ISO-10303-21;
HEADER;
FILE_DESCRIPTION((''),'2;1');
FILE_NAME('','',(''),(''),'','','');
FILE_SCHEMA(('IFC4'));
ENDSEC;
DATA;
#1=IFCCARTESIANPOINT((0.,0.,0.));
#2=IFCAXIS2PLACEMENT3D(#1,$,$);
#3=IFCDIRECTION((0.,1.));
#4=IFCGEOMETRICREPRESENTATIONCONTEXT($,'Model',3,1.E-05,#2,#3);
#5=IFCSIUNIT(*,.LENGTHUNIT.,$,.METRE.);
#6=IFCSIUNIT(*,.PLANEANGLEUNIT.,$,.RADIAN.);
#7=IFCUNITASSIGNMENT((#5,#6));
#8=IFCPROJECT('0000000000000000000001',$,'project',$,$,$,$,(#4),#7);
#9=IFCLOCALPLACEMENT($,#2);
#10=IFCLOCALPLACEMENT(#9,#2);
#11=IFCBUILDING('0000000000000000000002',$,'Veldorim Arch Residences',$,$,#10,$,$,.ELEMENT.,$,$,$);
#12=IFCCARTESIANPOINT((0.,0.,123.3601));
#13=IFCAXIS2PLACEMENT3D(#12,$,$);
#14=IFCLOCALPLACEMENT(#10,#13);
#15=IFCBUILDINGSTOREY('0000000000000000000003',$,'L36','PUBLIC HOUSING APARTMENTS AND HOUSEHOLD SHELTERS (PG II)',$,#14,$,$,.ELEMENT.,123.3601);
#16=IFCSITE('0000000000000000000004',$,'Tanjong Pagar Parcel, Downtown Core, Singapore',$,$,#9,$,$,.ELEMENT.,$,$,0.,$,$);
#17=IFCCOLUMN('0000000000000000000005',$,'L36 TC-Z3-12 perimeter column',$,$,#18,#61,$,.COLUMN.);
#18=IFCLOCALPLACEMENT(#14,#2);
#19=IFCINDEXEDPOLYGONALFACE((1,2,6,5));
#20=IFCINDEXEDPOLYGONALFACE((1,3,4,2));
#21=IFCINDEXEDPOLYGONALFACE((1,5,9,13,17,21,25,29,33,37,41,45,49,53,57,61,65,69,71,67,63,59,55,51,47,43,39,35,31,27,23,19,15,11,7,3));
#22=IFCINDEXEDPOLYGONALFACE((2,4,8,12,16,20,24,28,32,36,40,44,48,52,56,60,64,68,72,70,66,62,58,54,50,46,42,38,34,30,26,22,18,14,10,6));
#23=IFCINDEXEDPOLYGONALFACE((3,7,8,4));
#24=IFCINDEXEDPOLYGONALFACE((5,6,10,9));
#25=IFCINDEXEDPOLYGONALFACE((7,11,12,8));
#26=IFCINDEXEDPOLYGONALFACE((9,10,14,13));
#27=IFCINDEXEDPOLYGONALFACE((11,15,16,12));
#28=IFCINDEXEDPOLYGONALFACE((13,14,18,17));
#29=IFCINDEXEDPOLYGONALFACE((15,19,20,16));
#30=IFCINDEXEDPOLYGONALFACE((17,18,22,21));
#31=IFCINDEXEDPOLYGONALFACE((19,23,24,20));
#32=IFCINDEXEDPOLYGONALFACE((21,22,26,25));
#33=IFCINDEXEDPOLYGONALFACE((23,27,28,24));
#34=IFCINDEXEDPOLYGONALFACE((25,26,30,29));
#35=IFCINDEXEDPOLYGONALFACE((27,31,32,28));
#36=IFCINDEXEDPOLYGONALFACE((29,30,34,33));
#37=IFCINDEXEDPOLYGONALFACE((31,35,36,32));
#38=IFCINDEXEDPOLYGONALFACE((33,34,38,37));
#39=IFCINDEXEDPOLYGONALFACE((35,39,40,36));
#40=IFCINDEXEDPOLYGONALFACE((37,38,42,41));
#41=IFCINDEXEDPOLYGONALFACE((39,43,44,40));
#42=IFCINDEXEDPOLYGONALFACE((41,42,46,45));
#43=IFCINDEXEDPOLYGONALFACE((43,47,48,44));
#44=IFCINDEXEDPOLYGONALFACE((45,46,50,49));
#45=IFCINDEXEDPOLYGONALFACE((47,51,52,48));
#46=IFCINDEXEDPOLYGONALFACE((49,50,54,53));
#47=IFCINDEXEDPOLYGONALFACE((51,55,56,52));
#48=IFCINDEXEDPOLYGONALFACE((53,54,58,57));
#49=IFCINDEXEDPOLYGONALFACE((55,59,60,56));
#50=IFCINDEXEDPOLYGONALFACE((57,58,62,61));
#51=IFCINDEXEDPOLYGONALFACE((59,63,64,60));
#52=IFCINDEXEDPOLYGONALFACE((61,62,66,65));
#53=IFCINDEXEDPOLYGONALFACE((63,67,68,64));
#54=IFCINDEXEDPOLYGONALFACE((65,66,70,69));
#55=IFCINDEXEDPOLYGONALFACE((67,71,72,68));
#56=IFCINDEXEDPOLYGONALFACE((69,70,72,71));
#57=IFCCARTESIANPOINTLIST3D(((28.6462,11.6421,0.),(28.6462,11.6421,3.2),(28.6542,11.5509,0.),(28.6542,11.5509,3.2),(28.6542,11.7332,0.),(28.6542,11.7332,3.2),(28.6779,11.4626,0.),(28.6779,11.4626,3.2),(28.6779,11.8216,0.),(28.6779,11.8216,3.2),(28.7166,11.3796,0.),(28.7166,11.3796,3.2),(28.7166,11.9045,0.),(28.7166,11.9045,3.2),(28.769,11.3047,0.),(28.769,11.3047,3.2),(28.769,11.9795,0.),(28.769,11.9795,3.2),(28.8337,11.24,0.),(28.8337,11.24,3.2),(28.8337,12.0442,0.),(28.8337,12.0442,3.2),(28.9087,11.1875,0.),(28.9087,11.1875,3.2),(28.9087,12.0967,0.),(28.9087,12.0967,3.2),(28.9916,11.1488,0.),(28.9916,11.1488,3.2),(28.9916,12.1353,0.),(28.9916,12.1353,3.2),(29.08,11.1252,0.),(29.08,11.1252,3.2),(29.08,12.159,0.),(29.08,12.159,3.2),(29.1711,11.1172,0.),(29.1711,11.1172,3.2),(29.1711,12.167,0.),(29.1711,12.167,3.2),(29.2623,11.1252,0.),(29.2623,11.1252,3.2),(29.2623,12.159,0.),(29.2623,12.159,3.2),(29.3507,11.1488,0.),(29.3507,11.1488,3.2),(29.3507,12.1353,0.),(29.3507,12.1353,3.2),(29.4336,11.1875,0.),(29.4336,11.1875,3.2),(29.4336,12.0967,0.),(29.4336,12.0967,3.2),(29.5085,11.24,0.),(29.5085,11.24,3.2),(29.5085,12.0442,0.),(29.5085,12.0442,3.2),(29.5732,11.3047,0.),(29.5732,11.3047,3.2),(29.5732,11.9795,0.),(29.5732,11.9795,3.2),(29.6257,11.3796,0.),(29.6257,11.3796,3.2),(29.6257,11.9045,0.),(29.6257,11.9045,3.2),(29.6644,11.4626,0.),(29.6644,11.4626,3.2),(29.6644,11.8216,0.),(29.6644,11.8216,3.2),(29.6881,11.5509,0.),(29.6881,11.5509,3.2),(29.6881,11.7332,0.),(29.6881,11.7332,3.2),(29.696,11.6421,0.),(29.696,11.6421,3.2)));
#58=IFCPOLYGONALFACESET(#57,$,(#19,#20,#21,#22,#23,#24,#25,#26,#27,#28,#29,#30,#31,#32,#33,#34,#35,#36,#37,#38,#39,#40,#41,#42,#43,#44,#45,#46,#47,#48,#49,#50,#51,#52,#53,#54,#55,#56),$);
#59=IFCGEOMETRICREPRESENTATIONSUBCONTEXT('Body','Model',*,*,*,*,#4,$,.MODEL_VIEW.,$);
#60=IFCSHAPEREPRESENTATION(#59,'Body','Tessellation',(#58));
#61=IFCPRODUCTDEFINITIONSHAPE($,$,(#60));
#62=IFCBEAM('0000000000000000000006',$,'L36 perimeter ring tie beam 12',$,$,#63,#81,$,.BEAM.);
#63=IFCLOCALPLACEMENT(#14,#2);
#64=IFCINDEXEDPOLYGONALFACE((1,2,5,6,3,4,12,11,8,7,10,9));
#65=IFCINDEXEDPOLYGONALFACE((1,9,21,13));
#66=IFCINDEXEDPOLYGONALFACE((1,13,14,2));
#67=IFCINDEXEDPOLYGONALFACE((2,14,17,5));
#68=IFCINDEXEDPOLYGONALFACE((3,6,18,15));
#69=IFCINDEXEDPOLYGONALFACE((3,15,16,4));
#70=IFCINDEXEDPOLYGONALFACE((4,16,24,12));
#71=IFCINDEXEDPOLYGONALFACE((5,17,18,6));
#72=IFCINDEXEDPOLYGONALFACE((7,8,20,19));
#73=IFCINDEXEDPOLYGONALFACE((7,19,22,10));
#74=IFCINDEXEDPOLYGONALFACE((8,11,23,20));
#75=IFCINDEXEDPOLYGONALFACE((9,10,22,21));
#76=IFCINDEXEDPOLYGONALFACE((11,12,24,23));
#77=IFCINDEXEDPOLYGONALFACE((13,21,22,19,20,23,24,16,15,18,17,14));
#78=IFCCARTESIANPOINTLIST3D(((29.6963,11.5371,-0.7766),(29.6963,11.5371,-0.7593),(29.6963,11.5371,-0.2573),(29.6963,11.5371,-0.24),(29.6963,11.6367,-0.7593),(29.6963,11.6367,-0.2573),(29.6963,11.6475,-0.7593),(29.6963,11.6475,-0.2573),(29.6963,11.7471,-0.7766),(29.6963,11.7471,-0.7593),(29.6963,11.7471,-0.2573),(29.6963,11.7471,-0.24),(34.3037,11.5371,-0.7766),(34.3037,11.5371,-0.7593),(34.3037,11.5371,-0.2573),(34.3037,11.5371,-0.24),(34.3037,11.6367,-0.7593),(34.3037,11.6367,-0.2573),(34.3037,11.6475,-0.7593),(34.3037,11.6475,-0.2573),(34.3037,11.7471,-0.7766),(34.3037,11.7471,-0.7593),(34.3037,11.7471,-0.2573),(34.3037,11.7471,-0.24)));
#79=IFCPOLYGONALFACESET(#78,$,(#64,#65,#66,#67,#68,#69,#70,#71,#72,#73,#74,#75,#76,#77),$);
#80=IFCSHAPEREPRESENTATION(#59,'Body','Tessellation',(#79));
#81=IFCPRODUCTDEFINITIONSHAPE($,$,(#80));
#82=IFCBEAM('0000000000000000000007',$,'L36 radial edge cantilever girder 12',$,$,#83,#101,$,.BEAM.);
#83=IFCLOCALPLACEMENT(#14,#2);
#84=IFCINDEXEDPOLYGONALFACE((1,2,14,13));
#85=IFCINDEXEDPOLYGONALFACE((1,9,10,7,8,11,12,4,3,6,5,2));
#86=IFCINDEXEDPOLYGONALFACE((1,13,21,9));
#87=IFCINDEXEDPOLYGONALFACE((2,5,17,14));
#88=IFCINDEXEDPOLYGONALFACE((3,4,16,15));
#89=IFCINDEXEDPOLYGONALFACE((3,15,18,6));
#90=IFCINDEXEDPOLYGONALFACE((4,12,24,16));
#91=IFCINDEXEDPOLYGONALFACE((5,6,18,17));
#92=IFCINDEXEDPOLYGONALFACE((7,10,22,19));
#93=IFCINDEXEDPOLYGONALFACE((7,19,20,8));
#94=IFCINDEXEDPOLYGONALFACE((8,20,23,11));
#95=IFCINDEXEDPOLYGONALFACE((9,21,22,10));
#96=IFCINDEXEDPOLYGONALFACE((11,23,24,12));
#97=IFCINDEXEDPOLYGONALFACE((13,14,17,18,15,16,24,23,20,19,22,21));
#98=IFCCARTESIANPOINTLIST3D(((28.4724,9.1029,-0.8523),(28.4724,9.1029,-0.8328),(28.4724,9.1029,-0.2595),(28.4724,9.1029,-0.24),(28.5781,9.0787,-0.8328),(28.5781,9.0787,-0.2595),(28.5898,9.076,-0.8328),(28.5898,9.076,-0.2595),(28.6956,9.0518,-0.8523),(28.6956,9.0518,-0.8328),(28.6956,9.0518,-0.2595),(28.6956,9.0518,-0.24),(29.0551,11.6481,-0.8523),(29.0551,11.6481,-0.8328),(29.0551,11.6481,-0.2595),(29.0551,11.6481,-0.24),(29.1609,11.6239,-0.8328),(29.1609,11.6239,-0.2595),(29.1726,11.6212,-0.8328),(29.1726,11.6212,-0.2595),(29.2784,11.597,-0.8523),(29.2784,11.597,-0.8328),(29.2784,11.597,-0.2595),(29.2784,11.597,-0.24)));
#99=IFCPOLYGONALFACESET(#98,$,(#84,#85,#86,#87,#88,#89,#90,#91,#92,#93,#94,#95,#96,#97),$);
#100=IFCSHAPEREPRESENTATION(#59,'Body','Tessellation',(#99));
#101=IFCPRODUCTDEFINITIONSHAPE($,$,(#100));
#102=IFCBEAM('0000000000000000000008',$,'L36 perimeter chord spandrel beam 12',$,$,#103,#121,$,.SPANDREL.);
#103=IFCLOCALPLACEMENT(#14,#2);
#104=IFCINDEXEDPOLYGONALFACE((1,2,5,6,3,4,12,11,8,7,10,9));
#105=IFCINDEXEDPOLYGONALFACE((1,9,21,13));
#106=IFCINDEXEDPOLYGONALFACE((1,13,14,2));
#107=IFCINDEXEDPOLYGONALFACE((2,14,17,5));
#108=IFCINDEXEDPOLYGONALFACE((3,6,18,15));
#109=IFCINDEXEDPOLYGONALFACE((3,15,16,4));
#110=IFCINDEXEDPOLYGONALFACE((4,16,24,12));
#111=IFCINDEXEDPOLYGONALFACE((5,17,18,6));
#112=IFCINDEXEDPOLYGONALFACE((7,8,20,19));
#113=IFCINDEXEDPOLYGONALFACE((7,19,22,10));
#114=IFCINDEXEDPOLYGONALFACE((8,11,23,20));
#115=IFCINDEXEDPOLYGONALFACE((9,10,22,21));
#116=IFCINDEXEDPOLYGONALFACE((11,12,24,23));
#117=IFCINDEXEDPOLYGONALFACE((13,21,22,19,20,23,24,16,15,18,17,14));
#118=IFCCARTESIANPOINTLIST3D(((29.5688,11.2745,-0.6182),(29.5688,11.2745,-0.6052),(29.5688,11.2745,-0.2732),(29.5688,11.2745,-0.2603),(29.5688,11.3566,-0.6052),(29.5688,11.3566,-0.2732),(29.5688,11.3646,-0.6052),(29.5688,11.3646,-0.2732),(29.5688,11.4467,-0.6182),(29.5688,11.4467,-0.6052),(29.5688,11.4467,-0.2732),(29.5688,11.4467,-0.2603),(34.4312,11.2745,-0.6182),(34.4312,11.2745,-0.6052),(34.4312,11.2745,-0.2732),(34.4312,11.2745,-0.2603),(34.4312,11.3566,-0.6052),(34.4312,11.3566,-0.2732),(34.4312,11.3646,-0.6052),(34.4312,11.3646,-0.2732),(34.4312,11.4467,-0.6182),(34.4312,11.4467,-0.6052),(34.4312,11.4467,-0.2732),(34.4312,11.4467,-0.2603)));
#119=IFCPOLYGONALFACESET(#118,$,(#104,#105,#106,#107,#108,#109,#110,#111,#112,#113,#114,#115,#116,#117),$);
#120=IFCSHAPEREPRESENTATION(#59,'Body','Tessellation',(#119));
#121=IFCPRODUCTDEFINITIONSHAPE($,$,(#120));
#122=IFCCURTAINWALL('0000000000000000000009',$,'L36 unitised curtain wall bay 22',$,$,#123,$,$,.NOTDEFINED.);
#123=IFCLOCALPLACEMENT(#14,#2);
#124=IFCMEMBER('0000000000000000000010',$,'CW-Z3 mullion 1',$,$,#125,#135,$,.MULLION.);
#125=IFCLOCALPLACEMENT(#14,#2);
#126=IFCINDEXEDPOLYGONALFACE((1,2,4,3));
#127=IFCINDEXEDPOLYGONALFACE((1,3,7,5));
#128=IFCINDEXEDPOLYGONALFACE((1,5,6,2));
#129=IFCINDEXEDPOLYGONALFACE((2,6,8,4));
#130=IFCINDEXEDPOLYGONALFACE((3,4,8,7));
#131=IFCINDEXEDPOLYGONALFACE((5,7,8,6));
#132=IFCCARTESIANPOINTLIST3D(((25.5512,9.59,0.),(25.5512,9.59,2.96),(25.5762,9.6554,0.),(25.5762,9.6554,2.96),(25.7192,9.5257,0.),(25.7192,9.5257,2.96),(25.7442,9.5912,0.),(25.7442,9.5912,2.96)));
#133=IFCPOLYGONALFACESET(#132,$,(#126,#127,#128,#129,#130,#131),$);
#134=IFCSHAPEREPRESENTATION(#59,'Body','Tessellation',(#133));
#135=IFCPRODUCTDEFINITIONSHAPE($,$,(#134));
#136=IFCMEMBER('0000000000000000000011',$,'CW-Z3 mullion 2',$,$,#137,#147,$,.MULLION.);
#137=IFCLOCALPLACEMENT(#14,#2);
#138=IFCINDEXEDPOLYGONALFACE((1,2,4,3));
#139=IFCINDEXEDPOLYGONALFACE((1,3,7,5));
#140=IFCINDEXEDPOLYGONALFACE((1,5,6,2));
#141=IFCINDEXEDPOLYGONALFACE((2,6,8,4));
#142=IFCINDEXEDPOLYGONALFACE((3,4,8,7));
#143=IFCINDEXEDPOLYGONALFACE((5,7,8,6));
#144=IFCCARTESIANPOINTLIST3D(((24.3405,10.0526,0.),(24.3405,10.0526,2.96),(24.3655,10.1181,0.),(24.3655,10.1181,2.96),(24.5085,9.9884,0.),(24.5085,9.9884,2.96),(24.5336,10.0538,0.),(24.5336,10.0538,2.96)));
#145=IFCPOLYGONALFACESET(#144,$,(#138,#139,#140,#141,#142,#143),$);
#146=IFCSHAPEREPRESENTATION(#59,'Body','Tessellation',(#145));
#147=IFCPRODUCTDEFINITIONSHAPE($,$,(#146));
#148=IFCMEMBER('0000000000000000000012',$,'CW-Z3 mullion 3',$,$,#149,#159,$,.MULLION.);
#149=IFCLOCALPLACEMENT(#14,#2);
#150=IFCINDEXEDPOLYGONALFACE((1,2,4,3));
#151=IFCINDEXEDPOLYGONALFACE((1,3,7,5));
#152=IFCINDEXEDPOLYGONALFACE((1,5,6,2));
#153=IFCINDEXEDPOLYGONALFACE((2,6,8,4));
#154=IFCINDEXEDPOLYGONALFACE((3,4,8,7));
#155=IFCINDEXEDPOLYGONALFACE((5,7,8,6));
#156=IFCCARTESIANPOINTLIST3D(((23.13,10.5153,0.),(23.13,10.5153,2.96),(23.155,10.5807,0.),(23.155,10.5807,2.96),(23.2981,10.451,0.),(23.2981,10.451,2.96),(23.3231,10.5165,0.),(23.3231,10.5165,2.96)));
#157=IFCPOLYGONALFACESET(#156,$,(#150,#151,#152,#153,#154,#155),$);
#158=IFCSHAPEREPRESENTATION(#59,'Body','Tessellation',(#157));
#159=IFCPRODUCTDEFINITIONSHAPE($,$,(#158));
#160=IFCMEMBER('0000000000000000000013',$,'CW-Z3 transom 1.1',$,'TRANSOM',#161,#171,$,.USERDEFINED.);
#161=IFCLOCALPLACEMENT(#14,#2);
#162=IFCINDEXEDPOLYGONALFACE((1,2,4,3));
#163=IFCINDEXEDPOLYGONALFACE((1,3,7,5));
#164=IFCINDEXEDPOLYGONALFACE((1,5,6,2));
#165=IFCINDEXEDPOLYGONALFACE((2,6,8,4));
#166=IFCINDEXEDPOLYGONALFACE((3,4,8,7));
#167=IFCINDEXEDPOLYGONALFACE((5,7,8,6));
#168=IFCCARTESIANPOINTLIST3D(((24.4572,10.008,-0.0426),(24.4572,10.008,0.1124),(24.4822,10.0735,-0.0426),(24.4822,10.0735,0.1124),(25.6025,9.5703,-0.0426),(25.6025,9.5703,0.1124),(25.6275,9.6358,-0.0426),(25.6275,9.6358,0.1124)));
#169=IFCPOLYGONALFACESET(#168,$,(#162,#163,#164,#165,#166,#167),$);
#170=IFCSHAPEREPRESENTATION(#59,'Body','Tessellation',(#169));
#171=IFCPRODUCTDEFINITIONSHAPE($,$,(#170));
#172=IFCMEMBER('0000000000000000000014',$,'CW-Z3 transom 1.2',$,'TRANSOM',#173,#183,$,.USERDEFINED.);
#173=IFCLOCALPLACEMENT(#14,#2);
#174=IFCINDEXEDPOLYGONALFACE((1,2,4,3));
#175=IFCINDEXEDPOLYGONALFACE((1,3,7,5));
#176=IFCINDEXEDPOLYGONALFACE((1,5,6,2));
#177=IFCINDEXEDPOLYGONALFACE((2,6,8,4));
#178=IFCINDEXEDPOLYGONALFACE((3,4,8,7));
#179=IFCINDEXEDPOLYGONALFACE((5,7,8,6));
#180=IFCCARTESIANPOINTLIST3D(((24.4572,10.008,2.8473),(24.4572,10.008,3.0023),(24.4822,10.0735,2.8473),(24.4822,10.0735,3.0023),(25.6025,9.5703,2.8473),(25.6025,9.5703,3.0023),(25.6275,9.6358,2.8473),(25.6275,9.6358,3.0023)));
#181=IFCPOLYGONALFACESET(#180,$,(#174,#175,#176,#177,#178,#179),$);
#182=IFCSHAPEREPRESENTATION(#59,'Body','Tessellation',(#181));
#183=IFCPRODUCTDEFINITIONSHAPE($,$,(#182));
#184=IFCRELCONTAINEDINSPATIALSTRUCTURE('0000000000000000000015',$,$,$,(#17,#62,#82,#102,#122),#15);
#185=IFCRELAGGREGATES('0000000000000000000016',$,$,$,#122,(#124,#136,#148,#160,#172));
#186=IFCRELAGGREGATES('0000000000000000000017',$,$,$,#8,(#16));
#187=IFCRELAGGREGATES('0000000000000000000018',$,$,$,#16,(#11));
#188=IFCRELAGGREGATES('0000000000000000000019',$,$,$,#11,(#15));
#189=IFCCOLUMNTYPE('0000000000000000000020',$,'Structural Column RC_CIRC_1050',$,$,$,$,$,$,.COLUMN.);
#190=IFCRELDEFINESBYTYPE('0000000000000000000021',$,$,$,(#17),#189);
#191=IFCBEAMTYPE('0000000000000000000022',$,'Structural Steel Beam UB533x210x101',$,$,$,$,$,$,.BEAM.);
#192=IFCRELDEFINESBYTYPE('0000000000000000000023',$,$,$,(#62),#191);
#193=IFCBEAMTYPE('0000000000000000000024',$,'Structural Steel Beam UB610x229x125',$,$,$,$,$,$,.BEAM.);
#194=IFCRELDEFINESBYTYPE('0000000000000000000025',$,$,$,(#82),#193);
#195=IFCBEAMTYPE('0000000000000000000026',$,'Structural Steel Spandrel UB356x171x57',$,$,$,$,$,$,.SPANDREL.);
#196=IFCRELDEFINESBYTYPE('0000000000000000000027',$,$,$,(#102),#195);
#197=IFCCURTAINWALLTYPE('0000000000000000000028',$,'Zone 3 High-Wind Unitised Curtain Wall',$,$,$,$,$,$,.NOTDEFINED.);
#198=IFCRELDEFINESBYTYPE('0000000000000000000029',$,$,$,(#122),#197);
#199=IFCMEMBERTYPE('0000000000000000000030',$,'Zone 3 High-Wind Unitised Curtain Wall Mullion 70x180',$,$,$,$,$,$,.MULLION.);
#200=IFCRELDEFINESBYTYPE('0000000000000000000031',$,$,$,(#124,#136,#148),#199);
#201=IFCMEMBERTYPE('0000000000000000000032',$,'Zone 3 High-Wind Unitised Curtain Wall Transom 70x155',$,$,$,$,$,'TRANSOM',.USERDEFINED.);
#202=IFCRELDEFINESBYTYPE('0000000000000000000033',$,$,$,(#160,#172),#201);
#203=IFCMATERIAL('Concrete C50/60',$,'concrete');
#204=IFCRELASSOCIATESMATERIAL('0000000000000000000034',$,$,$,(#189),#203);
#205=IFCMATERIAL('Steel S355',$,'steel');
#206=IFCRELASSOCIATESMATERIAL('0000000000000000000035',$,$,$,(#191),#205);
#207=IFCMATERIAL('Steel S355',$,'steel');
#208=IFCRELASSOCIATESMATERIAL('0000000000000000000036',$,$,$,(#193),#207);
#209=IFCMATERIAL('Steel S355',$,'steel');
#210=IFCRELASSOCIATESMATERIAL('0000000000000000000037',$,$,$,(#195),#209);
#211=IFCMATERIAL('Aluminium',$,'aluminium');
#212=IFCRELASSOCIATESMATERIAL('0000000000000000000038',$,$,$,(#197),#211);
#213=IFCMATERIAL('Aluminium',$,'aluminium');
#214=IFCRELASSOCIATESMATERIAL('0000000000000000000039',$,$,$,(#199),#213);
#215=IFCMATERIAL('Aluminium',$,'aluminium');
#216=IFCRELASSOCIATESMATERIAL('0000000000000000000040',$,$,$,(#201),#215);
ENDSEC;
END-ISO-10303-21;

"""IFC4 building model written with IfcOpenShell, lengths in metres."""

from ifc_helpers import new_model, si_unit, direction, frame, origin, origin_2d, place, context, subcontext, project, spatial, rectangle, circle, i_section, extrude, material, material_profile, profile_set, type_object, element, aggregate, save


model = new_model("IFC4")

# Units and contexts
model_context = context("Model", 3, precision=1e-05, world=origin(), true_north=direction((0.0, 1.0)))
body_context = subcontext(model_context, "Body", "Model", "MODEL_VIEW")
ifc_project = project(units=[si_unit("LENGTHUNIT", "METRE"), si_unit("PLANEANGLEUNIT", "RADIAN")], contexts=[model_context])

# Site, building, storey
site_placement = place(None, origin())
site = spatial("IfcSite", under=ifc_project, at=site_placement, Name="Tanjong Pagar Parcel, Downtown Core, Singapore", CompositionType="ELEMENT", RefElevation=0.0)
building_placement = place(site_placement, origin())
building = spatial("IfcBuilding", under=site, at=building_placement, Name="Veldorim Arch Residences", CompositionType="ELEMENT")
storey_placement = place(building_placement, frame((0.0, 0.0, 123.3601)))
storey = spatial("IfcBuildingStorey", under=building, at=storey_placement, Name="L36", Description="PUBLIC HOUSING APARTMENTS AND HOUSEHOLD SHELTERS (PG II)", CompositionType="ELEMENT", Elevation=123.3601)

# Column
ifc_material_1 = material(Name="Concrete C50/60", Category="concrete")
ifc_material_profile_1 = material_profile(ifc_material_1, circle(Radius=0.5249, at=origin_2d()), Name="RC_CIRC_1050")
ifc_profile_set_1 = profile_set([ifc_material_profile_1], Name="Concrete C50/60")
column_type = type_object("IfcColumnType", Name="Structural Column RC_CIRC_1050", PredefinedType="COLUMN", material=ifc_profile_set_1)
column_placement = place(storey_placement, frame((29.1711, 11.6421, 0.0), z_axis=(0.0, 0.0, 1.0), x_axis=(1.0, 0.0, 0.0)))
element("IfcColumn", 1, at=column_placement, inside=storey, type_object=column_type, Name="L36 TC-Z3-12 perimeter column", PredefinedType="COLUMN", context=body_context, shape_type="SweptSolid", body=[
    extrude(circle(Radius=0.5249, at=origin_2d()), origin(), (0.0, 0.0, 1.0), 3.2),
])

# Beams
ifc_material_2 = material(Name="Steel S355", Category="steel")
ifc_material_profile_2 = material_profile(ifc_material_2, i_section(OverallWidth=0.21, OverallDepth=0.5366, WebThickness=0.0107, FlangeThickness=0.0173, at=origin_2d()), Name="UB533x210x101")
ifc_profile_set_2 = profile_set([ifc_material_profile_2], Name="Steel S355")
beam_type_1 = type_object("IfcBeamType", Name="Structural Steel Beam UB533x210x101", PredefinedType="BEAM", material=ifc_profile_set_2)
beam_1_placement = place(storey_placement, frame((29.6963, 11.6421, -0.5083), z_axis=(1.0, 0.0, 0.0), x_axis=(0.0, 1.0, 0.0)))
element("IfcBeam", 2, at=beam_1_placement, inside=storey, type_object=beam_type_1, Name="L36 perimeter ring tie beam 12", PredefinedType="BEAM", context=body_context, shape_type="SweptSolid", body=[
    extrude(i_section(OverallWidth=0.21, OverallDepth=0.5366, WebThickness=0.0107, FlangeThickness=0.0173, at=origin_2d()), origin(), (0.0, 0.0, 1.0), 4.6074),
])
ifc_material_3 = material(Name="Steel S355", Category="steel")
ifc_material_profile_3 = material_profile(ifc_material_3, i_section(OverallWidth=0.229, OverallDepth=0.6123, WebThickness=0.012, FlangeThickness=0.0195, at=origin_2d()), Name="UB610x229x125")
ifc_profile_set_3 = profile_set([ifc_material_profile_3], Name="Steel S355")
beam_type_2 = type_object("IfcBeamType", Name="Structural Steel Beam UB610x229x125", PredefinedType="BEAM", material=ifc_profile_set_3)
beam_2_placement = place(storey_placement, frame((29.1667, 11.6226, -0.5461), z_axis=(-0.223193, -0.974774, 0.0), x_axis=(0.974774, -0.223193, 0.0)))
element("IfcBeam", 3, at=beam_2_placement, inside=storey, type_object=beam_type_2, Name="L36 radial edge cantilever girder 12", PredefinedType="BEAM", context=body_context, shape_type="SweptSolid", body=[
    extrude(i_section(OverallWidth=0.229, OverallDepth=0.6123, WebThickness=0.012, FlangeThickness=0.0195, at=origin_2d()), origin(), (0.0, 0.0, 1.0), 2.6111),
])
ifc_material_4 = material(Name="Steel S355", Category="steel")
ifc_material_profile_4 = material_profile(ifc_material_4, i_section(OverallWidth=0.1721, OverallDepth=0.3579, WebThickness=0.0081, FlangeThickness=0.0129, at=origin_2d()), Name="UB356x171x57")
ifc_profile_set_4 = profile_set([ifc_material_profile_4], Name="Steel S355")
beam_type_3 = type_object("IfcBeamType", Name="Structural Steel Spandrel UB356x171x57", PredefinedType="SPANDREL", material=ifc_profile_set_4)
beam_3_placement = place(storey_placement, frame((29.5688, 11.3606, -0.4392), z_axis=(1.0, 0.0, 0.0), x_axis=(0.0, 1.0, 0.0)))
element("IfcBeam", 4, at=beam_3_placement, inside=storey, type_object=beam_type_3, Name="L36 perimeter chord spandrel beam 12", PredefinedType="SPANDREL", context=body_context, shape_type="SweptSolid", body=[
    extrude(i_section(OverallWidth=0.1721, OverallDepth=0.3579, WebThickness=0.0081, FlangeThickness=0.0129, at=origin_2d()), origin(), (0.0, 0.0, 1.0), 4.8623),
])

# Curtain wall, members
ifc_material_5 = material(Name="Aluminium", Category="aluminium")
curtain_wall_type = type_object("IfcCurtainWallType", Name="Zone 3 High-Wind Unitised Curtain Wall", PredefinedType="NOTDEFINED", material=ifc_material_5)
curtain_wall_placement = place(storey_placement, origin())
curtain_wall = element("IfcCurtainWall", 5, at=curtain_wall_placement, inside=storey, type_object=curtain_wall_type, Name="L36 unitised curtain wall bay 22", PredefinedType="NOTDEFINED")
ifc_material_6 = material(Name="Aluminium", Category="aluminium")
ifc_material_profile_5 = material_profile(ifc_material_6, rectangle(XDim=0.0701, YDim=0.1799, at=origin_2d()), Name="ALU_MUL_70x180")
ifc_profile_set_5 = profile_set([ifc_material_profile_5], Name="Aluminium")
member_type_1 = type_object("IfcMemberType", Name="Zone 3 High-Wind Unitised Curtain Wall Mullion 70x180", PredefinedType="MULLION", material=ifc_profile_set_5)
member_1_placement = place(storey_placement, frame((25.6477, 9.5906, 0.0), z_axis=(0.0, 0.0, 1.0), x_axis=(-0.356987, -0.934109, 0.0)))
member_1 = element("IfcMember", 6, at=member_1_placement, type_object=member_type_1, Name="CW-Z3 mullion 1", PredefinedType="MULLION", context=body_context, shape_type="SweptSolid", body=[
    extrude(rectangle(XDim=0.0701, YDim=0.1799, at=origin_2d()), origin(), (0.0, 0.0, 1.0), 2.96),
])
member_2_placement = place(storey_placement, frame((24.437, 10.0532, 0.0), z_axis=(0.0, 0.0, 1.0), x_axis=(-0.356987, -0.934109, 0.0)))
member_2 = element("IfcMember", 7, at=member_2_placement, type_object=member_type_1, Name="CW-Z3 mullion 2", PredefinedType="MULLION", context=body_context, shape_type="SweptSolid", body=[
    extrude(rectangle(XDim=0.0701, YDim=0.1799, at=origin_2d()), origin(), (0.0, 0.0, 1.0), 2.96),
])
member_3_placement = place(storey_placement, frame((23.2266, 10.5159, 0.0), z_axis=(0.0, 0.0, 1.0), x_axis=(-0.356987, -0.934109, 0.0)))
member_3 = element("IfcMember", 8, at=member_3_placement, type_object=member_type_1, Name="CW-Z3 mullion 3", PredefinedType="MULLION", context=body_context, shape_type="SweptSolid", body=[
    extrude(rectangle(XDim=0.0701, YDim=0.1799, at=origin_2d()), origin(), (0.0, 0.0, 1.0), 2.96),
])
ifc_material_7 = material(Name="Aluminium", Category="aluminium")
ifc_material_profile_6 = material_profile(ifc_material_7, rectangle(XDim=0.0701, YDim=0.155, at=origin_2d()), Name="ALU_TRN_70x155")
ifc_profile_set_6 = profile_set([ifc_material_profile_6], Name="Aluminium")
member_type_2 = type_object("IfcMemberType", Name="Zone 3 High-Wind Unitised Curtain Wall Transom 70x155", ElementType="TRANSOM", PredefinedType="USERDEFINED", material=ifc_profile_set_6)
member_4_placement = place(storey_placement, frame((25.615, 9.603, 0.0349), z_axis=(-0.934093, 0.35703, 0.0), x_axis=(-0.35703, -0.934093, 0.0)))
member_4 = element("IfcMember", 9, at=member_4_placement, type_object=member_type_2, Name="CW-Z3 transom 1.1", ObjectType="TRANSOM", PredefinedType="USERDEFINED", context=body_context, shape_type="SweptSolid", body=[
    extrude(rectangle(XDim=0.0701, YDim=0.155, at=origin_2d()), origin(), (0.0, 0.0, 1.0), 1.2261),
])
member_5_placement = place(storey_placement, frame((25.615, 9.603, 2.9248), z_axis=(-0.934093, 0.35703, 0.0), x_axis=(-0.35703, -0.934093, 0.0)))
member_5 = element("IfcMember", 10, at=member_5_placement, type_object=member_type_2, Name="CW-Z3 transom 1.2", ObjectType="TRANSOM", PredefinedType="USERDEFINED", context=body_context, shape_type="SweptSolid", body=[
    extrude(rectangle(XDim=0.0701, YDim=0.155, at=origin_2d()), origin(), (0.0, 0.0, 1.0), 1.2261),
])
aggregate(curtain_wall, [member_1, member_2, member_3, member_4, member_5])

save(model, "model.ifc")
